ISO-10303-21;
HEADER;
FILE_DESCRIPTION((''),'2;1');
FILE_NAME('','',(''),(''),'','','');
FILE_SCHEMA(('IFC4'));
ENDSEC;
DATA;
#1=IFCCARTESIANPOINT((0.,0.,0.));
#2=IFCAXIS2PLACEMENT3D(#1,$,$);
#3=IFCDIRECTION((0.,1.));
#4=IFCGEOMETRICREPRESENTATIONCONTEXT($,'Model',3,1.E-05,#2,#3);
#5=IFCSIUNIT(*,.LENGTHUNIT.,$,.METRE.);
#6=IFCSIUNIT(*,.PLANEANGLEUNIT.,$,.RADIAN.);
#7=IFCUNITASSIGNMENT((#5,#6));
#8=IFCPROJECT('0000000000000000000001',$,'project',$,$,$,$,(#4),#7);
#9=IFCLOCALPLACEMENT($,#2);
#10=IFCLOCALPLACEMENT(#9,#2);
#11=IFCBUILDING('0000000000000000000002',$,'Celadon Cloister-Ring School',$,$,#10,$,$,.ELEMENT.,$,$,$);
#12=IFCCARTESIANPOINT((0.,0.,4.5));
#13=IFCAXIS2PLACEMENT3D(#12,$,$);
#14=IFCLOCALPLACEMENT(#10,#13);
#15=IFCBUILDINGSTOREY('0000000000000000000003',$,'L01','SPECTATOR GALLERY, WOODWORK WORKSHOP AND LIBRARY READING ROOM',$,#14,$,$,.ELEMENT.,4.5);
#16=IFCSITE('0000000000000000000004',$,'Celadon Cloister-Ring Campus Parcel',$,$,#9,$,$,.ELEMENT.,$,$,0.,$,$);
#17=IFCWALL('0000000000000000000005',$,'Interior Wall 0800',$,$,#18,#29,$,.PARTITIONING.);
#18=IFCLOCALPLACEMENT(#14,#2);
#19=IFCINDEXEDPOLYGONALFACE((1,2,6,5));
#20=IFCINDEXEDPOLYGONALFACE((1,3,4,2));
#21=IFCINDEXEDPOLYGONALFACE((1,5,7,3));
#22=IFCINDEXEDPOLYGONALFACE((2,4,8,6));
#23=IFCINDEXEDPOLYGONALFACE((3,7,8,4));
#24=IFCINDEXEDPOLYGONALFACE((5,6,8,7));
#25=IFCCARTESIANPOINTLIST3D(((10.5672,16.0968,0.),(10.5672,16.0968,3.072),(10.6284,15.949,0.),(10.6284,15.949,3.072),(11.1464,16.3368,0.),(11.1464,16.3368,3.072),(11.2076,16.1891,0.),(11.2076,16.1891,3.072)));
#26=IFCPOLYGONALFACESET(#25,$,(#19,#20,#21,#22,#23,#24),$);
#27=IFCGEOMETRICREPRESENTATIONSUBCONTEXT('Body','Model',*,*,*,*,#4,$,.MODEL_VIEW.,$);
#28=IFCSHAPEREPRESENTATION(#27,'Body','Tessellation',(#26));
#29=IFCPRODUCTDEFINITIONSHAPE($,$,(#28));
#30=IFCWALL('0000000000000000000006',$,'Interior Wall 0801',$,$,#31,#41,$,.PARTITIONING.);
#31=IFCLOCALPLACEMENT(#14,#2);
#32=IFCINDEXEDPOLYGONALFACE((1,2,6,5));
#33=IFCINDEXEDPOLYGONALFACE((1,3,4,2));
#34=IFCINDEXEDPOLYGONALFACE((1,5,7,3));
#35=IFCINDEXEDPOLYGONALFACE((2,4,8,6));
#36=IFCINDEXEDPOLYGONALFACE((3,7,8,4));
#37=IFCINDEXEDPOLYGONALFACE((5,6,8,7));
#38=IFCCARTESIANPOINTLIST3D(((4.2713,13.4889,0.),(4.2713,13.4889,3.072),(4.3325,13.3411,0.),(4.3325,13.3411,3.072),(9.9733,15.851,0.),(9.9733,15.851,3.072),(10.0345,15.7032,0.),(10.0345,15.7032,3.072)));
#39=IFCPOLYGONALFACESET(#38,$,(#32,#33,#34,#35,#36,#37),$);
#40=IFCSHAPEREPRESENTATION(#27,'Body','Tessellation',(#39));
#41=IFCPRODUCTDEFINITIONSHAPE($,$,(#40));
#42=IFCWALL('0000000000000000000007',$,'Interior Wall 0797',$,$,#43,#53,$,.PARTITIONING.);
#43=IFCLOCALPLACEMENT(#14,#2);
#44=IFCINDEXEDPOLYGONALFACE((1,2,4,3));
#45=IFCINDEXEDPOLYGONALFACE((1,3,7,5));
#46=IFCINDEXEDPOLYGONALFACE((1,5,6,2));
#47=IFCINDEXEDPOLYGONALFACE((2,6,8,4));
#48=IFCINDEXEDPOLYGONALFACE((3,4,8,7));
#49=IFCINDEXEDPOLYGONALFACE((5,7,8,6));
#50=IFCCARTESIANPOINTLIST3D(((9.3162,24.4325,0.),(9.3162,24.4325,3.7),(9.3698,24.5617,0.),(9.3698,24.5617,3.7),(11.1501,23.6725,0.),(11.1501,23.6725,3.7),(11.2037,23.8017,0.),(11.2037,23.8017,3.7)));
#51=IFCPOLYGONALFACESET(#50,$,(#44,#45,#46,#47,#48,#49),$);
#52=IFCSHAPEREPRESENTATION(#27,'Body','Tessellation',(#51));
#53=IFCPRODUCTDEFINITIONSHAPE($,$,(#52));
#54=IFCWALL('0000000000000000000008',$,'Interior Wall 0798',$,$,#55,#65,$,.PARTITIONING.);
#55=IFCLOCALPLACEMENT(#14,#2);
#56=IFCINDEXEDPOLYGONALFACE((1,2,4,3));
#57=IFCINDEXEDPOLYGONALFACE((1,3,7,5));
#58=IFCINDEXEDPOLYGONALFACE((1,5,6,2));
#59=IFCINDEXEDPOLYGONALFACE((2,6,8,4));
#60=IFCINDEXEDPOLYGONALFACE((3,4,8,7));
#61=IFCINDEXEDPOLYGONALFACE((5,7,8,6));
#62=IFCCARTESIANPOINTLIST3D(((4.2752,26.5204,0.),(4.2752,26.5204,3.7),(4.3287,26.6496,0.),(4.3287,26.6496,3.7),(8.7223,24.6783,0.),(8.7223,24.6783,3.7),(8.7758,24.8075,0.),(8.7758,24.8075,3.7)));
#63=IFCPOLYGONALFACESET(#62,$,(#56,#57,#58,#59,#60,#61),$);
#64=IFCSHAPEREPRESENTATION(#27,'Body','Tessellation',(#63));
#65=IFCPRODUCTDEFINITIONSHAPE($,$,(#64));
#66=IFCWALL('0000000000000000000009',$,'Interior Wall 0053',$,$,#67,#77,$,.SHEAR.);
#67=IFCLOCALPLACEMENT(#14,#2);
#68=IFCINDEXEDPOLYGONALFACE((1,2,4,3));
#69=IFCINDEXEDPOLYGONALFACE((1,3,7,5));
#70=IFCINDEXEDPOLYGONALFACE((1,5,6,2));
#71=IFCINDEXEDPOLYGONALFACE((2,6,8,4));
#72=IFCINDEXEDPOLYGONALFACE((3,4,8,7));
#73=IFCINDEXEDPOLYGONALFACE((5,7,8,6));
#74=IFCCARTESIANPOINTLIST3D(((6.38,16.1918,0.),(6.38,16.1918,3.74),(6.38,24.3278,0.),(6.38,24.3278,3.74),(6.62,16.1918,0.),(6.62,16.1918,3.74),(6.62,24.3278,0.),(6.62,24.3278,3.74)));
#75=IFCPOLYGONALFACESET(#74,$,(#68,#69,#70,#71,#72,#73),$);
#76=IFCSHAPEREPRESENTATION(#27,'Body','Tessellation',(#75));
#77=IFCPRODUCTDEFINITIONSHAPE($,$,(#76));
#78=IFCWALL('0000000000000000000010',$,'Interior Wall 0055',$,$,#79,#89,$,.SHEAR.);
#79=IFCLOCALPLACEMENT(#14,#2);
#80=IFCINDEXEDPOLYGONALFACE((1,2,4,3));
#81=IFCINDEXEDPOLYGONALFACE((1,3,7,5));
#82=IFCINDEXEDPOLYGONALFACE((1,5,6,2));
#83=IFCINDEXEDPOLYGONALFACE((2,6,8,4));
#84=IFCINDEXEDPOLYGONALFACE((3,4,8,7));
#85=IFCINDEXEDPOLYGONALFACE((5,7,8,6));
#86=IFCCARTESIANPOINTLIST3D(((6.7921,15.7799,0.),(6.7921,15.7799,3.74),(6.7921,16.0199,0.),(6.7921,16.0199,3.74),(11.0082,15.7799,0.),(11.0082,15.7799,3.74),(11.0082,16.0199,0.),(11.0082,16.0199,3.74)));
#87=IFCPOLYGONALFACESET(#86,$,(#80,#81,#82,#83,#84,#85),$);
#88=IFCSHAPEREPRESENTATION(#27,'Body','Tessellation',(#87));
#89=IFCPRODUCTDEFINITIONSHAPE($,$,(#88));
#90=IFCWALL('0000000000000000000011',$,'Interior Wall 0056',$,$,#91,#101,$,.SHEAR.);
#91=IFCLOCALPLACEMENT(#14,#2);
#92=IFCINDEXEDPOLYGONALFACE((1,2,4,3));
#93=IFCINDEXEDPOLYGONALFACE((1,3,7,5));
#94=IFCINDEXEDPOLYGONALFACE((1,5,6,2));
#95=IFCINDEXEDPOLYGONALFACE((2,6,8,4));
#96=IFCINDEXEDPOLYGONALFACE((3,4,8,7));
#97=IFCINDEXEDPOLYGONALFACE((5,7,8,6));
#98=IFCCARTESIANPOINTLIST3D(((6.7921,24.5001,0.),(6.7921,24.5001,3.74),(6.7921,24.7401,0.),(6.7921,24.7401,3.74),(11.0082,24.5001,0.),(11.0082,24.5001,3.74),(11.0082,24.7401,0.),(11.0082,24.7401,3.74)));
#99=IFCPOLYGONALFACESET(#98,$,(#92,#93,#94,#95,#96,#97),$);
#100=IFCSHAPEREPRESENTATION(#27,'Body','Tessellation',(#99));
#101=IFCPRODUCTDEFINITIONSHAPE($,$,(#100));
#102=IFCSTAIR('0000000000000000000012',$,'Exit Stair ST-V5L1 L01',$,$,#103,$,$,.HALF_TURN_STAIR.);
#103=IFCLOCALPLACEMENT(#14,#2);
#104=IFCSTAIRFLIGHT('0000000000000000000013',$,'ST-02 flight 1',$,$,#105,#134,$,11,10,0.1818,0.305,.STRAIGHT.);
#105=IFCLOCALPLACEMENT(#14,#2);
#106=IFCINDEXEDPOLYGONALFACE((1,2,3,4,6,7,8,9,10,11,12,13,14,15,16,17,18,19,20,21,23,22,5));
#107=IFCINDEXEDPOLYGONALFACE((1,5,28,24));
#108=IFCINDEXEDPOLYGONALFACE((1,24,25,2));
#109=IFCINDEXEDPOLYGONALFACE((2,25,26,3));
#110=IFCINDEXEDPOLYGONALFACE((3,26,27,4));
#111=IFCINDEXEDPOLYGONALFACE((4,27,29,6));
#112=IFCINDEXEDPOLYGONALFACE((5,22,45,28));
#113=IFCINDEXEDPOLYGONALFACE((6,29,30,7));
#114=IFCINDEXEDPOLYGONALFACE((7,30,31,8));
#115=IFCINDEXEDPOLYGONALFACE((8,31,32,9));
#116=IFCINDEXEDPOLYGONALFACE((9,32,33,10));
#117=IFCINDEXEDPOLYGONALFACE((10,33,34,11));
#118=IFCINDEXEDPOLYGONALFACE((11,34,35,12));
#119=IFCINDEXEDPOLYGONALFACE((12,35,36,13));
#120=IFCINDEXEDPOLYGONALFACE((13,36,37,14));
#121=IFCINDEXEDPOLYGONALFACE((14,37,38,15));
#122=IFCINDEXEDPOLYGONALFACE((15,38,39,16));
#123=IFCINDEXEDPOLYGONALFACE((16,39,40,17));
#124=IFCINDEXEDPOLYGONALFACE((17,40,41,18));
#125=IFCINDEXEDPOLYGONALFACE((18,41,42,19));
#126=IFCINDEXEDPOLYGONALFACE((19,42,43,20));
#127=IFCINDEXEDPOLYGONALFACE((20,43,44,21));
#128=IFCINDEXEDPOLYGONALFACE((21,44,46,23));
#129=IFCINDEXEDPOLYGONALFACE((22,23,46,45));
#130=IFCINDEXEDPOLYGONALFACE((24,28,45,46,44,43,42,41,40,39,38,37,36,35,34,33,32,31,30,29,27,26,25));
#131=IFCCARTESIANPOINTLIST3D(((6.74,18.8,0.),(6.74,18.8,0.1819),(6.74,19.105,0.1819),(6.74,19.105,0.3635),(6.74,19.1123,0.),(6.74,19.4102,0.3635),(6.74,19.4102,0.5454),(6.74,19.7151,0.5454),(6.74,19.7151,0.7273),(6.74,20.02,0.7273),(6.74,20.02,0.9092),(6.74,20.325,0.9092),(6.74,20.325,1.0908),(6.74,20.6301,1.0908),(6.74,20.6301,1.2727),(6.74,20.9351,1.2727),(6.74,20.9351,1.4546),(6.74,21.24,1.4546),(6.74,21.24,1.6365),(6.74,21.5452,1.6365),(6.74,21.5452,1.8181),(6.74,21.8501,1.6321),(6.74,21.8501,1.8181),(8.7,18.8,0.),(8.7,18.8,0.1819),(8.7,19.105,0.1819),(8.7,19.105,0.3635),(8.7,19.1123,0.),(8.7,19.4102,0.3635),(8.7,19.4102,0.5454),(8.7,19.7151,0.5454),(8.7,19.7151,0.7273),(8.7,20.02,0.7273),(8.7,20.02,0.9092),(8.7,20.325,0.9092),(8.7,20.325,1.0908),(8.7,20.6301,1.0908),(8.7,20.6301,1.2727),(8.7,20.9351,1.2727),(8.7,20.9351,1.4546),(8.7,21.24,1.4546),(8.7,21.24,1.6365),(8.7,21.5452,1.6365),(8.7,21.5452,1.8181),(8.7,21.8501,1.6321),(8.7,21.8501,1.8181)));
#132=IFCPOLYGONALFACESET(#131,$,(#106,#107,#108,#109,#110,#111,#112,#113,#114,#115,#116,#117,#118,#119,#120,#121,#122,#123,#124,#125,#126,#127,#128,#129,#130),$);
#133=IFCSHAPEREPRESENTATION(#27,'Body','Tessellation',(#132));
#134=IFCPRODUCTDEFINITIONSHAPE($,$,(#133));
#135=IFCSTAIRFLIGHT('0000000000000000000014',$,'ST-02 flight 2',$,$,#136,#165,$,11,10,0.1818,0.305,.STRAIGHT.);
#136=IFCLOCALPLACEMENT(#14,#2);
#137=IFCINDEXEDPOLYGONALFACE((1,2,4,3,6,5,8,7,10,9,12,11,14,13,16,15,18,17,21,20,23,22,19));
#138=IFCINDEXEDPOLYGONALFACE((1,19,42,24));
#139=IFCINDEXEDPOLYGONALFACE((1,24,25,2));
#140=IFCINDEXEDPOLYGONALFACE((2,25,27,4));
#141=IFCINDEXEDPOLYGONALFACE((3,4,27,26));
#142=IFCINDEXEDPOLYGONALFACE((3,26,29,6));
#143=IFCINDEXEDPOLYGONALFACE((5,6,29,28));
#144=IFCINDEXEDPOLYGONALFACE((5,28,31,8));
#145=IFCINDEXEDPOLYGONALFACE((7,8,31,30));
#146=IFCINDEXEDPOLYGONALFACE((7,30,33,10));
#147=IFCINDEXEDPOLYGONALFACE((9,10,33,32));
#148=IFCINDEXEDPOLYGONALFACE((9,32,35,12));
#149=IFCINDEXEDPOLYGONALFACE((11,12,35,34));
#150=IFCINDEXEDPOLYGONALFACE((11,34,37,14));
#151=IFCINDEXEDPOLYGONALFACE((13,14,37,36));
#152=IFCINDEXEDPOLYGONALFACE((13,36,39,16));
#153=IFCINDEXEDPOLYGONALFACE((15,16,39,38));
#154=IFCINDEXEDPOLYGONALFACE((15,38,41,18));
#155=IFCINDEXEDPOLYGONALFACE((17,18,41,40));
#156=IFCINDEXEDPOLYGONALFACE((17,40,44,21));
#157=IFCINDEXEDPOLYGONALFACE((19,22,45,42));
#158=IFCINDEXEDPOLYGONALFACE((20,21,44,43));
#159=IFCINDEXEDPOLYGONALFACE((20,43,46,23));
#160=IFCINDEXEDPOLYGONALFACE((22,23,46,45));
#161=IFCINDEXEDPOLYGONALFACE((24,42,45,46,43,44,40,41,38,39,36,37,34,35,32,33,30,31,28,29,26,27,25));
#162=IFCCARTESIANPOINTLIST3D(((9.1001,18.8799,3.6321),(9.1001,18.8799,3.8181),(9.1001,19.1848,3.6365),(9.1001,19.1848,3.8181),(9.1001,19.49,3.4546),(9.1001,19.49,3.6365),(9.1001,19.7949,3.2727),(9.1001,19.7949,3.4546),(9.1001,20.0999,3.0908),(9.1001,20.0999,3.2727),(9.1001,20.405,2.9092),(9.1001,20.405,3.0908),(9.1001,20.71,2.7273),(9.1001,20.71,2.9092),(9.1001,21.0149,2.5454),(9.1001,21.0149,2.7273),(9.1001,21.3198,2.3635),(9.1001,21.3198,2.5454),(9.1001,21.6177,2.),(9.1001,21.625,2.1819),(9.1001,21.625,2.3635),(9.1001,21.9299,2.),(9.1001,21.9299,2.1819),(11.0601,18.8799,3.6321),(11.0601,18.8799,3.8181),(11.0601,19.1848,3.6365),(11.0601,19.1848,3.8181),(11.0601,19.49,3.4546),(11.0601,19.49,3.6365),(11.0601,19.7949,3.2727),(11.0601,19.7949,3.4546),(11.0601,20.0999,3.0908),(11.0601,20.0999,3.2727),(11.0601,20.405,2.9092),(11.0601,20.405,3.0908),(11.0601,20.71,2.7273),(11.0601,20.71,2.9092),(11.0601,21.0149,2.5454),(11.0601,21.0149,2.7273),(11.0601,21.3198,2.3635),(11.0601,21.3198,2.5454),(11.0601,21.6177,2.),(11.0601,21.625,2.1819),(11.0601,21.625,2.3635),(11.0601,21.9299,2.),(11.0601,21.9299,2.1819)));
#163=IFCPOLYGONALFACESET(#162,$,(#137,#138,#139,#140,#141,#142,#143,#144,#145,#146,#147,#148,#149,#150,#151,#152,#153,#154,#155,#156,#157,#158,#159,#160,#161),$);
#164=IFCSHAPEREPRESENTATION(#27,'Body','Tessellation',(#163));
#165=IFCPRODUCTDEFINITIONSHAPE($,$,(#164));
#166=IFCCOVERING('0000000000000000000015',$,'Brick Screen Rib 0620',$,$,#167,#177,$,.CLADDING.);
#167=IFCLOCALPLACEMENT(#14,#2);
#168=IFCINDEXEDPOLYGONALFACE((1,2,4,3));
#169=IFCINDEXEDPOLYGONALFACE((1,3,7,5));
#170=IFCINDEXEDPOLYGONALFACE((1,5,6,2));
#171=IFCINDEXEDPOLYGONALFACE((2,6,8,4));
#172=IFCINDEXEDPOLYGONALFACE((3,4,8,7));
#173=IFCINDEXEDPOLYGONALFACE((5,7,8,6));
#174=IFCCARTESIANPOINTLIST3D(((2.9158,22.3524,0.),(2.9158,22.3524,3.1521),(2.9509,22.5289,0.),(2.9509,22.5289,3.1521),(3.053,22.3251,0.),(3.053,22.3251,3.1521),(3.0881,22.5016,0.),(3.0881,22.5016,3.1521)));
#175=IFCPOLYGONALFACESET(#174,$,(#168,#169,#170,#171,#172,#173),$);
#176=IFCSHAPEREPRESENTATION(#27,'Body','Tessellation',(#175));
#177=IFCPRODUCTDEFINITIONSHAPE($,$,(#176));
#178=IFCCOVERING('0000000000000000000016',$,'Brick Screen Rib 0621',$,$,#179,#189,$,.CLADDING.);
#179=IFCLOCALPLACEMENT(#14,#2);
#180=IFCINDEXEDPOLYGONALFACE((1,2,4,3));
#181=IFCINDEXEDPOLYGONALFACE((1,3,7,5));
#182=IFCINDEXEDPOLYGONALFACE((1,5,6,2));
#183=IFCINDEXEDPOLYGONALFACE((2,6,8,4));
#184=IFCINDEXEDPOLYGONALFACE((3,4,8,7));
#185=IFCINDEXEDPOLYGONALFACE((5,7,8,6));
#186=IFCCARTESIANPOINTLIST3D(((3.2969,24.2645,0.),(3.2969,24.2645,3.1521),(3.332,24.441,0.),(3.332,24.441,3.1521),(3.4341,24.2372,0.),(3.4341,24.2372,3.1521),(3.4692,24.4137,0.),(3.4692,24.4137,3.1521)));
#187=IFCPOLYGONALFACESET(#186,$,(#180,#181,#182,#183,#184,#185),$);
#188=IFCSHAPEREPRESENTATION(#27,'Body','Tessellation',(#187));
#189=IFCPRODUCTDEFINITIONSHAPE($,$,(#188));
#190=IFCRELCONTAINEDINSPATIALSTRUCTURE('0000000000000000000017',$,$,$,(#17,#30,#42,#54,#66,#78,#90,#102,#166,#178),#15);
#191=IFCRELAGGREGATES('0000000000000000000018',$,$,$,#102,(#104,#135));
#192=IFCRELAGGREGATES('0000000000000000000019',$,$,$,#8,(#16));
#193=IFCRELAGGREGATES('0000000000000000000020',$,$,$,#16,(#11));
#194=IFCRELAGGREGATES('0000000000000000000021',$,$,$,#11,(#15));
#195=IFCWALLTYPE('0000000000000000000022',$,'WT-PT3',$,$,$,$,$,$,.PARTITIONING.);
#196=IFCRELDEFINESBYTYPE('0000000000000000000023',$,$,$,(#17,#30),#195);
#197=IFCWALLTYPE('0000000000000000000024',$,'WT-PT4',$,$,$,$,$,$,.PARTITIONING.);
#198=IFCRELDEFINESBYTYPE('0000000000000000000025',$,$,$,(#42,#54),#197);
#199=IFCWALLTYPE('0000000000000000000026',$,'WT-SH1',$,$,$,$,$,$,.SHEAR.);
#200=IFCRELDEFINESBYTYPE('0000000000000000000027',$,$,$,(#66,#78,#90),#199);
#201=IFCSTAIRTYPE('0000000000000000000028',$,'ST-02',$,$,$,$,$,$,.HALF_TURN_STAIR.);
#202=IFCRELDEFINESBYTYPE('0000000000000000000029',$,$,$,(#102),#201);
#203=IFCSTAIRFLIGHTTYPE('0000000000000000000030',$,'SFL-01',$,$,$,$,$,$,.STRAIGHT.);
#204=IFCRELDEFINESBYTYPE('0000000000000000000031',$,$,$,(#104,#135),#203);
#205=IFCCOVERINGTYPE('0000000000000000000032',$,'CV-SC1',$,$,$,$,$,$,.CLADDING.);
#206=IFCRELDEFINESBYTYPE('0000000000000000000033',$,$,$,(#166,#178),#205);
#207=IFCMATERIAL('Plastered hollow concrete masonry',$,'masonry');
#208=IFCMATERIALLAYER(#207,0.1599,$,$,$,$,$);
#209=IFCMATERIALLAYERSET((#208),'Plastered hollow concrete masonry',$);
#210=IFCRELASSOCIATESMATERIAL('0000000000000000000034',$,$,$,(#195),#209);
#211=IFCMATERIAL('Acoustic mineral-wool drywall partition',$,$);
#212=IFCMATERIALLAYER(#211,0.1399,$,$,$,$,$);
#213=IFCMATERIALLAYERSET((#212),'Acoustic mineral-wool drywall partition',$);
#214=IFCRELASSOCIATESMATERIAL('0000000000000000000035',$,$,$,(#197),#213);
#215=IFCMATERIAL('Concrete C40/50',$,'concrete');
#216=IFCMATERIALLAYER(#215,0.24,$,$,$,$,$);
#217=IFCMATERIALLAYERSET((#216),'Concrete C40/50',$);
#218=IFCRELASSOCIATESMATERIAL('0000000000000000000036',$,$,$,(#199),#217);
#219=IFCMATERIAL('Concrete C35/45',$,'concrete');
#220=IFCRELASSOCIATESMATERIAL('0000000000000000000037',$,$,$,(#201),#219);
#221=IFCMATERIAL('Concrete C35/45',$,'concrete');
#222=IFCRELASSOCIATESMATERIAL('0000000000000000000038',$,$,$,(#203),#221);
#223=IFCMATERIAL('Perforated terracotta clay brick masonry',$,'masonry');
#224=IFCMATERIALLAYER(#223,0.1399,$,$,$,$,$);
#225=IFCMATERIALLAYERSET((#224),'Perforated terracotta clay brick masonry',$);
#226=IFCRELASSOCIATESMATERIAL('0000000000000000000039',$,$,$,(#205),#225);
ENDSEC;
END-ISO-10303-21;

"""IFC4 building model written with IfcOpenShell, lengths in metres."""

from ifc_helpers import new_model, si_unit, direction, frame, frame_2d, origin, origin_2d, place, context, subcontext, project, spatial, polyline, rectangle, outline, extrude, material, layer, layer_set, type_object, element, aggregate, save


model = new_model("IFC4")

# Units and contexts
model_context = context("Model", 3, precision=1e-05, world=origin(), true_north=direction((0.0, 1.0)))
body_context = subcontext(model_context, "Body", "Model", "MODEL_VIEW")
ifc_project = project(units=[si_unit("LENGTHUNIT", "METRE"), si_unit("PLANEANGLEUNIT", "RADIAN")], contexts=[model_context])

# Site, building, storey
site_placement = place(None, origin())
site = spatial("IfcSite", under=ifc_project, at=site_placement, Name="Celadon Cloister-Ring Campus Parcel", CompositionType="ELEMENT", RefElevation=0.0)
building_placement = place(site_placement, origin())
building = spatial("IfcBuilding", under=site, at=building_placement, Name="Celadon Cloister-Ring School", CompositionType="ELEMENT")
storey_placement = place(building_placement, frame((0.0, 0.0, 4.5)))
storey = spatial("IfcBuildingStorey", under=building, at=storey_placement, Name="L01", Description="SPECTATOR GALLERY, WOODWORK WORKSHOP AND LIBRARY READING ROOM", CompositionType="ELEMENT", Elevation=4.5)

# Walls
ifc_material_1 = material(Name="Plastered hollow concrete masonry", Category="masonry")
ifc_layer_1 = layer(ifc_material_1, 0.1599)
ifc_layer_set_1 = layer_set([ifc_layer_1], Name="Plastered hollow concrete masonry")
wall_type_1 = type_object("IfcWallType", Name="WT-PT3", PredefinedType="PARTITIONING", material=ifc_layer_set_1)
wall_1_placement = place(storey_placement, frame((11.177, 16.2629, 0.0), z_axis=(0.0, 0.0, 1.0), x_axis=(-0.923813, -0.382845, 0.0)))
element("IfcWall", 1, at=wall_1_placement, inside=storey, type_object=wall_type_1, Name="Interior Wall 0800", PredefinedType="PARTITIONING", context=body_context, shape_type="SweptSolid", body=[
    extrude(rectangle(XDim=0.627, YDim=0.1599, at=frame_2d((0.3135, 0.0))), origin(), (0.0, 0.0, 1.0), 3.072),
])
wall_2_placement = place(storey_placement, frame((10.0039, 15.7771, 0.0), z_axis=(0.0, 0.0, 1.0), x_axis=(-0.923865, -0.382719, 0.0)))
element("IfcWall", 2, at=wall_2_placement, inside=storey, type_object=wall_type_1, Name="Interior Wall 0801", PredefinedType="PARTITIONING", context=body_context, shape_type="SweptSolid", body=[
    extrude(rectangle(XDim=6.1719, YDim=0.1599, at=frame_2d((3.0859, 0.0))), origin(), (0.0, 0.0, 1.0), 3.072),
])
ifc_material_2 = material(Name="Acoustic mineral-wool drywall partition")
ifc_layer_2 = layer(ifc_material_2, 0.1399)
ifc_layer_set_2 = layer_set([ifc_layer_2], Name="Acoustic mineral-wool drywall partition")
wall_type_2 = type_object("IfcWallType", Name="WT-PT4", PredefinedType="PARTITIONING", material=ifc_layer_set_2)
wall_3_placement = place(storey_placement, frame((11.177, 23.7371, 0.0), z_axis=(0.0, 0.0, 1.0), x_axis=(-0.923817, 0.382833, 0.0)))
element("IfcWall", 3, at=wall_3_placement, inside=storey, type_object=wall_type_2, Name="Interior Wall 0797", PredefinedType="PARTITIONING", context=body_context, shape_type="SweptSolid", body=[
    extrude(rectangle(XDim=1.9851, YDim=0.1399, at=frame_2d((0.9927, 0.0))), origin(), (0.0, 0.0, 1.0), 3.7),
])
wall_4_placement = place(storey_placement, frame((8.749, 24.7429, 0.0), z_axis=(0.0, 0.0, 1.0), x_axis=(-0.923878, 0.382688, 0.0)))
element("IfcWall", 4, at=wall_4_placement, inside=storey, type_object=wall_type_2, Name="Interior Wall 0798", PredefinedType="PARTITIONING", context=body_context, shape_type="SweptSolid", body=[
    extrude(rectangle(XDim=4.8135, YDim=0.1399, at=frame_2d((2.4067, 0.0))), origin(), (0.0, 0.0, 1.0), 3.7),
])
ifc_material_3 = material(Name="Concrete C40/50", Category="concrete")
ifc_layer_3 = layer(ifc_material_3, 0.24)
ifc_layer_set_3 = layer_set([ifc_layer_3], Name="Concrete C40/50")
wall_type_3 = type_object("IfcWallType", Name="WT-SH1", PredefinedType="SHEAR", material=ifc_layer_set_3)
wall_5_placement = place(storey_placement, frame((6.5, 16.1919, 0.0), z_axis=(0.0, 0.0, 1.0), x_axis=(0.0, 1.0, 0.0)))
element("IfcWall", 5, at=wall_5_placement, inside=storey, type_object=wall_type_3, Name="Interior Wall 0053", PredefinedType="SHEAR", context=body_context, shape_type="SweptSolid", body=[
    extrude(rectangle(XDim=8.136, YDim=0.24, at=frame_2d((4.0679, 0.0))), origin(), (0.0, 0.0, 1.0), 3.74),
])
for number, where, z_axis, x_axis, name in (
    (6, (11.0081, 15.8999, 0.0), (0.0, 0.0, 1.0), (-1.0, 0.0, 0.0), "Interior Wall 0055"),
    (7, (11.0081, 24.6201, 0.0), (0.0, 0.0, 1.0), (-1.0, 0.0, 0.0), "Interior Wall 0056"),
):
    element("IfcWall", number, at=place(storey_placement, frame(where, z_axis=z_axis, x_axis=x_axis)), inside=storey, type_object=wall_type_3, Name=name, PredefinedType="SHEAR", context=body_context, shape_type="SweptSolid", body=[
        extrude(rectangle(XDim=4.2161, YDim=0.24, at=frame_2d((2.1079, 0.0))), origin(), (0.0, 0.0, 1.0), 3.74),
    ])

# Stair, stair flights
ifc_material_4 = material(Name="Concrete C35/45", Category="concrete")
stair_type = type_object("IfcStairType", Name="ST-02", PredefinedType="HALF_TURN_STAIR", material=ifc_material_4)
stair_placement = place(storey_placement, origin())
stair = element("IfcStair", 8, at=stair_placement, inside=storey, type_object=stair_type, Name="Exit Stair ST-V5L1 L01", PredefinedType="HALF_TURN_STAIR")
ifc_material_5 = material(Name="Concrete C35/45", Category="concrete")
stair_flight_type = type_object("IfcStairFlightType", Name="SFL-01", PredefinedType="STRAIGHT", material=ifc_material_5)
stair_flight_1_placement = place(storey_placement, frame((7.72, 18.8, 0.0), z_axis=(0.0, 0.0, 1.0), x_axis=(0.0, 1.0, 0.0)))
stair_flight_1 = element("IfcStairFlight", 9, at=stair_flight_1_placement, type_object=stair_flight_type, Name="ST-02 flight 1", NumberOfRisers=11, NumberOfTreads=10, PredefinedType="STRAIGHT", RiserHeight=0.1818, TreadLength=0.305, context=body_context, shape_type="SweptSolid", body=[
    extrude(outline(polyline([(0.0, 0.0), (0.0, 0.1819), (0.3049, 0.1819), (0.3049, 0.3635), (0.6101, 0.3635), (0.6101, 0.5454), (0.915, 0.5454), (0.915, 0.7273), (1.22, 0.7273), (1.22, 0.9092), (1.5249, 0.9092), (1.5249, 1.0908), (1.8301, 1.0908), (1.8301, 1.2727), (2.135, 1.2727), (2.135, 1.4546), (2.4399, 1.4546), (2.4399, 1.6365), (2.7451, 1.6365), (2.7451, 1.8181), (3.05, 1.8181), (3.05, 2.0), (3.05, 1.6321), (0.3123, 0.0), (0.0, 0.0)])), frame((0.0, 0.98, 0.0), z_axis=(0.0, -1.0, 0.0), x_axis=(1.0, 0.0, 0.0)), (0.0, 0.0, 1.0), 1.96),
])
stair_flight_2_placement = place(storey_placement, frame((10.0801, 21.9299, 2.0), z_axis=(0.0, 0.0, 1.0), x_axis=(0.0, -1.0, 0.0)))
stair_flight_2 = element("IfcStairFlight", 10, at=stair_flight_2_placement, type_object=stair_flight_type, Name="ST-02 flight 2", NumberOfRisers=11, NumberOfTreads=10, PredefinedType="STRAIGHT", RiserHeight=0.1818, TreadLength=0.305, context=body_context, shape_type="SweptSolid", body=[
    extrude(outline(polyline([(0.0, 0.0), (0.0, 0.1819), (0.3049, 0.1819), (0.3049, 0.3635), (0.6101, 0.3635), (0.6101, 0.5454), (0.915, 0.5454), (0.915, 0.7273), (1.22, 0.7273), (1.22, 0.9092), (1.5249, 0.9092), (1.5249, 1.0908), (1.8301, 1.0908), (1.8301, 1.2727), (2.135, 1.2727), (2.135, 1.4546), (2.4399, 1.4546), (2.4399, 1.6365), (2.7451, 1.6365), (2.7451, 1.8181), (3.05, 1.8181), (3.05, 2.0), (3.05, 1.6321), (0.3123, 0.0), (0.0, 0.0)])), frame((0.0, 0.98, 0.0), z_axis=(0.0, -1.0, 0.0), x_axis=(1.0, 0.0, 0.0)), (0.0, 0.0, 1.0), 1.96),
])
aggregate(stair, [stair_flight_1, stair_flight_2])

# Coverings
ifc_material_6 = material(Name="Perforated terracotta clay brick masonry", Category="masonry")
ifc_layer_4 = layer(ifc_material_6, 0.1399)
ifc_layer_set_4 = layer_set([ifc_layer_4], Name="Perforated terracotta clay brick masonry")
covering_type = type_object("IfcCoveringType", Name="CV-SC1", PredefinedType="CLADDING", material=ifc_layer_set_4)
for number, where, z_axis, x_axis, name in (
    (11, (3.002, 22.427, 0.0), (0.0, 0.0, 1.0), (0.195142, 0.980775, 0.0), "Brick Screen Rib 0620"),
    (12, (3.3831, 24.3391, 0.0), (0.0, 0.0, 1.0), (0.195142, 0.980775, 0.0), "Brick Screen Rib 0621"),
):
    element("IfcCovering", number, at=place(storey_placement, frame(where, z_axis=z_axis, x_axis=x_axis)), inside=storey, type_object=covering_type, Name=name, PredefinedType="CLADDING", context=body_context, shape_type="SweptSolid", body=[
        extrude(rectangle(XDim=0.1799, YDim=0.1399, at=origin_2d()), origin(), (0.0, 0.0, 1.0), 3.1521),
    ])

save(model, "model.ifc")
